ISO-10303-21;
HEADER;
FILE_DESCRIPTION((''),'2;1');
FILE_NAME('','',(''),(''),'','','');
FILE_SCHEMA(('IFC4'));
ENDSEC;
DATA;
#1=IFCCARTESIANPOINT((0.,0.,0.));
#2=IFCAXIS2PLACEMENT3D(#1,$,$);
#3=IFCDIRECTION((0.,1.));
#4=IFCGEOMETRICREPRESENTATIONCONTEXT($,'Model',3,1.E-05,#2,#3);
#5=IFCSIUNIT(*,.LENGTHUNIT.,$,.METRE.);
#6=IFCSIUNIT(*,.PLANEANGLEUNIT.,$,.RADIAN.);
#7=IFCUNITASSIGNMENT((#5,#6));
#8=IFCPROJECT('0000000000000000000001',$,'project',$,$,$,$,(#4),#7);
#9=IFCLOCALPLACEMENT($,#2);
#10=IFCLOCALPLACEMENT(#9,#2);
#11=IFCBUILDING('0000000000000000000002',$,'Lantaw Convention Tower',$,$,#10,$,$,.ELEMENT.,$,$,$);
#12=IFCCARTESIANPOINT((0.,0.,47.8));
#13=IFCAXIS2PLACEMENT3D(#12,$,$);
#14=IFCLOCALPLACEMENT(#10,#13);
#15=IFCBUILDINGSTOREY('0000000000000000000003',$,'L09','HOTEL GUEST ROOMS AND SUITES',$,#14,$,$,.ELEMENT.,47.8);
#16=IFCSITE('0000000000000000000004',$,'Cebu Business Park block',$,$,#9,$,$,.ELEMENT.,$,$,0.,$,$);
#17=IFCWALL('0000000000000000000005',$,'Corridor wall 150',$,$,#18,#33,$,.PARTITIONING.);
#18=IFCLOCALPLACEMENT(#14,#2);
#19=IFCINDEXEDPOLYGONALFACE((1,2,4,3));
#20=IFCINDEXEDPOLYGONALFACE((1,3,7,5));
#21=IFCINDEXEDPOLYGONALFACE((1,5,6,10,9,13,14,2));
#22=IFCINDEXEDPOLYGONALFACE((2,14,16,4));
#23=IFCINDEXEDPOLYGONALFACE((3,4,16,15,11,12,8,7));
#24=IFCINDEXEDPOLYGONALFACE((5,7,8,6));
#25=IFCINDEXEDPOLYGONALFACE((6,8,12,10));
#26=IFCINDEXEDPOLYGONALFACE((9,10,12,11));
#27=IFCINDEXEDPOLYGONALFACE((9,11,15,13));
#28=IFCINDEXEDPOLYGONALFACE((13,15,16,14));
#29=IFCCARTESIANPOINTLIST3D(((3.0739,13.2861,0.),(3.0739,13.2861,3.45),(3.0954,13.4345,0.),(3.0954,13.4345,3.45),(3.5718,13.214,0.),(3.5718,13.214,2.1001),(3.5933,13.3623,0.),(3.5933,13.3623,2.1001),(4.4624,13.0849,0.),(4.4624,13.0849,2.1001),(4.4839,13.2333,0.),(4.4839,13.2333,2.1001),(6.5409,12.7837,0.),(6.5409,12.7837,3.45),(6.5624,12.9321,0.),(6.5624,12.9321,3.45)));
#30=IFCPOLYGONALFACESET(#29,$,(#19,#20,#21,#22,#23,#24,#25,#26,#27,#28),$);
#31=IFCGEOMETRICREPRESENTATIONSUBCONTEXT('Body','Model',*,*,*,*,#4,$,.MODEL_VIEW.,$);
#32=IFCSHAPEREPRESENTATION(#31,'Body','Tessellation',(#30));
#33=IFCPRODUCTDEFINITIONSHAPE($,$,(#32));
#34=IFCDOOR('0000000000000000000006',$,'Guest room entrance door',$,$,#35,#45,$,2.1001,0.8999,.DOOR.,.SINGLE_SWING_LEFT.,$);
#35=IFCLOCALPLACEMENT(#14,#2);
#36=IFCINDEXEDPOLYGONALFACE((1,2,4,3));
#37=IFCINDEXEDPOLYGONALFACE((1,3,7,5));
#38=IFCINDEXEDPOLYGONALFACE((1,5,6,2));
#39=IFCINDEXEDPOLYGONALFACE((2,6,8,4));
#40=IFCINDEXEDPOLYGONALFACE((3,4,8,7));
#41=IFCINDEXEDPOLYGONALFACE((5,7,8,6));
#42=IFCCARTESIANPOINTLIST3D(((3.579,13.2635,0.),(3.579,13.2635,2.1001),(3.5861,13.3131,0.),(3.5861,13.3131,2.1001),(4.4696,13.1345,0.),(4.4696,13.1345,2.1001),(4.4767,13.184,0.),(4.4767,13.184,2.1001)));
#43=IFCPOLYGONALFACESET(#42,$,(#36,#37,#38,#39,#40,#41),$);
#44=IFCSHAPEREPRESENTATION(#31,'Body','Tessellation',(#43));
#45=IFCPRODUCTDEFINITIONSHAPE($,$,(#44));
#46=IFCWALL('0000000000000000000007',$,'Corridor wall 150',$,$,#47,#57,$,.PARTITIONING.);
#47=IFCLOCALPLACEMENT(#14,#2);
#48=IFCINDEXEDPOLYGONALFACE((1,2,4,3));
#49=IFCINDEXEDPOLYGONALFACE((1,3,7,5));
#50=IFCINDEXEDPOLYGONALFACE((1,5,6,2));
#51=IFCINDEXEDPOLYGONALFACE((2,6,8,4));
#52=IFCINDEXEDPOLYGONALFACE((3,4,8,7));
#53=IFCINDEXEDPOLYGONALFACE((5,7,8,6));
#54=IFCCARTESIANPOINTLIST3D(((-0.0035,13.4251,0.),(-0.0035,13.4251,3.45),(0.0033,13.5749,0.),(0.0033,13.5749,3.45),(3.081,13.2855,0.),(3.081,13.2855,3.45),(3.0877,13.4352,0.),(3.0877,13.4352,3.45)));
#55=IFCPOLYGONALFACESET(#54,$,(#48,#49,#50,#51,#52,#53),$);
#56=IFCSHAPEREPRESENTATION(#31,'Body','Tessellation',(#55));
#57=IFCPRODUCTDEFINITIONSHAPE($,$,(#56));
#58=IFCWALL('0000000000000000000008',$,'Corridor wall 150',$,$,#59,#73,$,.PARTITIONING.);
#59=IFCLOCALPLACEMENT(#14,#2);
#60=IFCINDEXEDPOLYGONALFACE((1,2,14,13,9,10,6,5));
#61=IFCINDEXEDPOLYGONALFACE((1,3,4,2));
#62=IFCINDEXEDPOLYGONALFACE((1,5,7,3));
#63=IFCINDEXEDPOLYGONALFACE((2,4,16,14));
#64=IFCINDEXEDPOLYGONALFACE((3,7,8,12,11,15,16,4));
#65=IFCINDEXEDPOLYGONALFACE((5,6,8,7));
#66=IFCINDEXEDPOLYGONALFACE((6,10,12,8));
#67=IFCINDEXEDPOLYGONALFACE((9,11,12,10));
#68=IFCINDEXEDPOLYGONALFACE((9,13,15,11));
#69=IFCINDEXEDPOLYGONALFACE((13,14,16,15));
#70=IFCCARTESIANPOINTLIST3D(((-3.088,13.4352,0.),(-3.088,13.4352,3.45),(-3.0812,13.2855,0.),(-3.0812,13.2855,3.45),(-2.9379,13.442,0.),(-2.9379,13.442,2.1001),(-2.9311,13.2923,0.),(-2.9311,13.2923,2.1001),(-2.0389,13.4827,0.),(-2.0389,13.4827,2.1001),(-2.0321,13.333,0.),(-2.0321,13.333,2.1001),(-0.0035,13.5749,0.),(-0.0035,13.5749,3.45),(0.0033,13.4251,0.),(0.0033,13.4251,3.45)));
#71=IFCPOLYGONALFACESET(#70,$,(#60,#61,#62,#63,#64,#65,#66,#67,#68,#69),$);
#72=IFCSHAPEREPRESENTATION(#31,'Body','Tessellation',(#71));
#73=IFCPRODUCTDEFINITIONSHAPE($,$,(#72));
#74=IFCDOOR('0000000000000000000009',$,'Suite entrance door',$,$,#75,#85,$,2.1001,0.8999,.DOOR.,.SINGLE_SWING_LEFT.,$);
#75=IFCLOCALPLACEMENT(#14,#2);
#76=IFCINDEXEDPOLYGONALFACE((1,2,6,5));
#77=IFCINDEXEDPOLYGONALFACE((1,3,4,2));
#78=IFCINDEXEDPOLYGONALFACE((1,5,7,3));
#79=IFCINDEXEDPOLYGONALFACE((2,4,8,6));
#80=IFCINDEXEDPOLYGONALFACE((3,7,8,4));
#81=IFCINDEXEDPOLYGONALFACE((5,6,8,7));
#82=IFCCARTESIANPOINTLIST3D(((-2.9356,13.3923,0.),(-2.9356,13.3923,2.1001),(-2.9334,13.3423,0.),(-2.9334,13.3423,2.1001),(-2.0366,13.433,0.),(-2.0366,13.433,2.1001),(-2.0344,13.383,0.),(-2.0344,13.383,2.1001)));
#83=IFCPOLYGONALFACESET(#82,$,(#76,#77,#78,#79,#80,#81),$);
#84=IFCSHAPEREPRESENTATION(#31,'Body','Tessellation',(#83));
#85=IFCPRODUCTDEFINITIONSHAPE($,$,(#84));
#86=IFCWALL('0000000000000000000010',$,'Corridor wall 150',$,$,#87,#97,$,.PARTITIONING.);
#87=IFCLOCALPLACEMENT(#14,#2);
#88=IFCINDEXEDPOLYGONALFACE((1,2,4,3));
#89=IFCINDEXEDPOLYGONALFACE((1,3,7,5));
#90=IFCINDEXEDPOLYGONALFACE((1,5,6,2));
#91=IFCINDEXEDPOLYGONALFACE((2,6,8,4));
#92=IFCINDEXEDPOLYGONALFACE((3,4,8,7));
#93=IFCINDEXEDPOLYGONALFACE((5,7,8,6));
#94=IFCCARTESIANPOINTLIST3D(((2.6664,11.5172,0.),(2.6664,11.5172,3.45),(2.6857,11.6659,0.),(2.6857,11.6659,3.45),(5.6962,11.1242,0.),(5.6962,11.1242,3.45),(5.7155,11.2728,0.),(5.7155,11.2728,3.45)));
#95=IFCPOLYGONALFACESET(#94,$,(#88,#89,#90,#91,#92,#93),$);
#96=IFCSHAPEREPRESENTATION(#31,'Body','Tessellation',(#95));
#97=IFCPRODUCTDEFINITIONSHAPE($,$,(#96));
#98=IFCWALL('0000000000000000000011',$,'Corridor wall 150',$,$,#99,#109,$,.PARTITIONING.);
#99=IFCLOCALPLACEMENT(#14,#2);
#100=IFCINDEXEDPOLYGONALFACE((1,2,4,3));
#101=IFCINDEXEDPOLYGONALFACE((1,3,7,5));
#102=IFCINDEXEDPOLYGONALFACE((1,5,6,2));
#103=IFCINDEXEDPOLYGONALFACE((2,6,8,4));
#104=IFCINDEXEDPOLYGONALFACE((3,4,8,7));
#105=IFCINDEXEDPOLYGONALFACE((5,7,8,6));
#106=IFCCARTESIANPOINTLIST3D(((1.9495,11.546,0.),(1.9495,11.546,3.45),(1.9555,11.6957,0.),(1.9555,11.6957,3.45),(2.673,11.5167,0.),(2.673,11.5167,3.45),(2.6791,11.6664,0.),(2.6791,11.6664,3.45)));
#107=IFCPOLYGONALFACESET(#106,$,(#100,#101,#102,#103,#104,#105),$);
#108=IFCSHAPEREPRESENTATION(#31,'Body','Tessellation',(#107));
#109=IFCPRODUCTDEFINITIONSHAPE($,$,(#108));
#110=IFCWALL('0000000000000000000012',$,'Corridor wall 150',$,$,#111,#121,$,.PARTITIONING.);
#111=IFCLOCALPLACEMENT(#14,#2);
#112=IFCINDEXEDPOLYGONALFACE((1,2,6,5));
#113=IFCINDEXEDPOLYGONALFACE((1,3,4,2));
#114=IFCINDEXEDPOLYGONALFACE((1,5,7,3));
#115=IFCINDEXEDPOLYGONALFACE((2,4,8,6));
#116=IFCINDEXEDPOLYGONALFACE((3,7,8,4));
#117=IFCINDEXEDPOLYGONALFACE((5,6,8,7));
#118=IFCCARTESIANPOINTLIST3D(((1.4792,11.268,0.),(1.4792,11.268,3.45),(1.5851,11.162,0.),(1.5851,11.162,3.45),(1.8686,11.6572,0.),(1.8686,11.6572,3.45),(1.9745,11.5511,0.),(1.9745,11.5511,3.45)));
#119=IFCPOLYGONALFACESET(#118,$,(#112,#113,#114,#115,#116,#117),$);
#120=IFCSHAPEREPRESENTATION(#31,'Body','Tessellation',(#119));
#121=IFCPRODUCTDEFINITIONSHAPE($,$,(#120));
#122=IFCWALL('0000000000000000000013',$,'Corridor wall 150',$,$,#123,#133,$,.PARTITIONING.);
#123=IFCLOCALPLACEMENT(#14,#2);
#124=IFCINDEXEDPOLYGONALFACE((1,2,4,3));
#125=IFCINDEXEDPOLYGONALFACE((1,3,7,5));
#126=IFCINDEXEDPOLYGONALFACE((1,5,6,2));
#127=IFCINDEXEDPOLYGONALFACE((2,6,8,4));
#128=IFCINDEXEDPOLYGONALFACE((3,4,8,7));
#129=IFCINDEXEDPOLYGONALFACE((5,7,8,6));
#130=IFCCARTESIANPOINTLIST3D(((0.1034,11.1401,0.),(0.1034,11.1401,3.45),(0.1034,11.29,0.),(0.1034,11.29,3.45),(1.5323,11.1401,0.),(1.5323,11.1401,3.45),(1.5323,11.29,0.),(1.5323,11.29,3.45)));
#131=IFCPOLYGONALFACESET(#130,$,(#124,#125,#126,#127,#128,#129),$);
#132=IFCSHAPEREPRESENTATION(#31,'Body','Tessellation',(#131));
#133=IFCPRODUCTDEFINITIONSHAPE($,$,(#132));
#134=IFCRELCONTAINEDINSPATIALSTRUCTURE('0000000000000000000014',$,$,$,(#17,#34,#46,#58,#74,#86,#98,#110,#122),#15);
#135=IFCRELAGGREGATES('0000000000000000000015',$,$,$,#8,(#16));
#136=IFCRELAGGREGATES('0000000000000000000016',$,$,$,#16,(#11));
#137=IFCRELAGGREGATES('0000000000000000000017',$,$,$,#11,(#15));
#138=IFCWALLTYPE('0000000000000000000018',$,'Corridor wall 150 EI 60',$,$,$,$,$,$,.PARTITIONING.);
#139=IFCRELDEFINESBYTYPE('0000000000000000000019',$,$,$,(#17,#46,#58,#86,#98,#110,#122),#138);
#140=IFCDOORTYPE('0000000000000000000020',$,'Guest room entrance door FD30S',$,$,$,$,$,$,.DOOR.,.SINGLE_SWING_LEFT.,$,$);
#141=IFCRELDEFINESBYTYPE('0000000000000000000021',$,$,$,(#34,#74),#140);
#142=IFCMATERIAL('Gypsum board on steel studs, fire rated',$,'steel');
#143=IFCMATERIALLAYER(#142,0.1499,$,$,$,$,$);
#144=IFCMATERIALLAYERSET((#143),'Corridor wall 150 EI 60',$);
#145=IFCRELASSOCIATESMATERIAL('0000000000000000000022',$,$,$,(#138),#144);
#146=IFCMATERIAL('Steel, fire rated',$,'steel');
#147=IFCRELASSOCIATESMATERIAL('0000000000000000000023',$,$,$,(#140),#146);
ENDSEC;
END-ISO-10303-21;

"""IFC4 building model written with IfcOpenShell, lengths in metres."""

from ifc_helpers import new_model, si_unit, direction, frame, frame_2d, origin, place, context, subcontext, project, spatial, rectangle, extrude, material, layer, layer_set, type_object, element, fill, save


model = new_model("IFC4")

# Units and contexts
model_context = context("Model", 3, precision=1e-05, world=origin(), true_north=direction((0.0, 1.0)))
body_context = subcontext(model_context, "Body", "Model", "MODEL_VIEW")
ifc_project = project(units=[si_unit("LENGTHUNIT", "METRE"), si_unit("PLANEANGLEUNIT", "RADIAN")], contexts=[model_context])

# Site, building, storey
site_placement = place(None, origin())
site = spatial("IfcSite", under=ifc_project, at=site_placement, Name="Cebu Business Park block", CompositionType="ELEMENT", RefElevation=0.0)
building_placement = place(site_placement, origin())
building = spatial("IfcBuilding", under=site, at=building_placement, Name="Lantaw Convention Tower", CompositionType="ELEMENT")
storey_placement = place(building_placement, frame((0.0, 0.0, 47.8)))
storey = spatial("IfcBuildingStorey", under=building, at=storey_placement, Name="L09", Description="HOTEL GUEST ROOMS AND SUITES", CompositionType="ELEMENT", Elevation=47.8)

# Wall, opening, door
ifc_material_1 = material(Name="Gypsum board on steel studs, fire rated", Category="steel")
ifc_layer_1 = layer(ifc_material_1, 0.1499)
ifc_layer_set_1 = layer_set([ifc_layer_1], Name="Corridor wall 150 EI 60")
wall_type_1 = type_object("IfcWallType", Name="Corridor wall 150 EI 60", PredefinedType="PARTITIONING", material=ifc_layer_set_1)
ifc_material_2 = material(Name="Steel, fire rated", Category="steel")
door_type_1 = type_object("IfcDoorType", Name="Guest room entrance door FD30S", OperationType="SINGLE_SWING_LEFT", PredefinedType="DOOR", material=ifc_material_2)
wall_1_placement = place(storey_placement, frame((6.5515, 12.8579, 0.0), z_axis=(0.0, 0.0, 1.0), x_axis=(-0.989662, 0.143421, 0.0)))
wall_1 = element("IfcWall", 1, at=wall_1_placement, inside=storey, type_object=wall_type_1, Name="Corridor wall 150", PredefinedType="PARTITIONING", context=body_context, shape_type="SweptSolid", body=[
    extrude(rectangle(XDim=3.5032, YDim=0.1499, at=frame_2d((1.7515, 0.0))), origin(), (0.0, 0.0, 1.0), 3.45),
])
opening_1_placement = place(wall_1_placement, frame((2.1001, 0.0, 0.0)))
opening_1 = element("IfcOpeningElement", 2, at=opening_1_placement, cuts=wall_1, PredefinedType="OPENING", context=body_context, shape_type="SweptSolid", body=[
    extrude(rectangle(XDim=0.8999, YDim=2.1001, at=frame_2d((0.45, 1.05))), frame((0.0, 0.085, 0.0), z_axis=(0.0, -1.0, 0.0), x_axis=(1.0, 0.0, 0.0)), (0.0, 0.0, 1.0), 0.1699),
])
door_1_placement = place(opening_1_placement, origin())
door_1 = element("IfcDoor", 3, at=door_1_placement, inside=storey, type_object=door_type_1, Name="Guest room entrance door", OperationType="SINGLE_SWING_LEFT", OverallHeight=2.1001, OverallWidth=0.8999, PredefinedType="DOOR", context=body_context, shape_type="SweptSolid", body=[
    extrude(rectangle(XDim=0.8999, YDim=2.1001, at=frame_2d((0.45, 1.05))), frame((0.0, 0.0249, 0.0), z_axis=(0.0, -1.0, 0.0), x_axis=(1.0, 0.0, 0.0)), (0.0, 0.0, 1.0), 0.05),
])
fill(opening_1, door_1)

# Wall
wall_2_placement = place(storey_placement, frame((3.0845, 13.3604, 0.0), z_axis=(0.0, 0.0, 1.0), x_axis=(-0.998977, 0.045228, 0.0)))
element("IfcWall", 4, at=wall_2_placement, inside=storey, type_object=wall_type_1, Name="Corridor wall 150", PredefinedType="PARTITIONING", context=body_context, shape_type="SweptSolid", body=[
    extrude(rectangle(XDim=3.0876, YDim=0.1499, at=frame_2d((1.5439, 0.0))), origin(), (0.0, 0.0, 1.0), 3.45),
])

# Wall, opening, door
wall_3_placement = place(storey_placement, frame((0.0, 13.5, 0.0), z_axis=(0.0, 0.0, 1.0), x_axis=(-0.998977, -0.045228, 0.0)))
wall_3 = element("IfcWall", 5, at=wall_3_placement, inside=storey, type_object=wall_type_1, Name="Corridor wall 150", PredefinedType="PARTITIONING", context=body_context, shape_type="SweptSolid", body=[
    extrude(rectangle(XDim=3.0876, YDim=0.1499, at=frame_2d((1.5439, 0.0))), origin(), (0.0, 0.0, 1.0), 3.45),
])
opening_2_placement = place(wall_3_placement, frame((2.0376, 0.0, 0.0)))
opening_2 = element("IfcOpeningElement", 6, at=opening_2_placement, cuts=wall_3, PredefinedType="OPENING", context=body_context, shape_type="SweptSolid", body=[
    extrude(rectangle(XDim=0.8999, YDim=2.1001, at=frame_2d((0.45, 1.05))), frame((0.0, 0.085, 0.0), z_axis=(0.0, -1.0, 0.0), x_axis=(1.0, 0.0, 0.0)), (0.0, 0.0, 1.0), 0.1699),
])
door_2_placement = place(opening_2_placement, origin())
door_2 = element("IfcDoor", 7, at=door_2_placement, inside=storey, type_object=door_type_1, Name="Suite entrance door", OperationType="SINGLE_SWING_LEFT", OverallHeight=2.1001, OverallWidth=0.8999, PredefinedType="DOOR", context=body_context, shape_type="SweptSolid", body=[
    extrude(rectangle(XDim=0.8999, YDim=2.1001, at=frame_2d((0.45, 1.05))), frame((0.0, 0.0249, 0.0), z_axis=(0.0, -1.0, 0.0), x_axis=(1.0, 0.0, 0.0)), (0.0, 0.0, 1.0), 0.05),
])
fill(opening_2, door_2)

# Walls
wall_4_placement = place(storey_placement, frame((5.7058, 11.1985, 0.0), z_axis=(0.0, 0.0, 1.0), x_axis=(-0.991689, 0.128656, 0.0)))
element("IfcWall", 8, at=wall_4_placement, inside=storey, type_object=wall_type_1, Name="Corridor wall 150", PredefinedType="PARTITIONING", context=body_context, shape_type="SweptSolid", body=[
    extrude(rectangle(XDim=3.0552, YDim=0.1499, at=frame_2d((1.5276, 0.0))), origin(), (0.0, 0.0, 1.0), 3.45),
])
wall_5_placement = place(storey_placement, frame((2.676, 11.5916, 0.0), z_axis=(0.0, 0.0, 1.0), x_axis=(-0.999181, 0.040453, 0.0)))
element("IfcWall", 9, at=wall_5_placement, inside=storey, type_object=wall_type_1, Name="Corridor wall 150", PredefinedType="PARTITIONING", context=body_context, shape_type="SweptSolid", body=[
    extrude(rectangle(XDim=0.7241, YDim=0.1499, at=frame_2d((0.3621, 0.0))), origin(), (0.0, 0.0, 1.0), 3.45),
])
wall_6_placement = place(storey_placement, frame((1.9216, 11.6042, 0.0), z_axis=(0.0, 0.0, 1.0), x_axis=(-0.707328, -0.706885, 0.0)))
element("IfcWall", 10, at=wall_6_placement, inside=storey, type_object=wall_type_1, Name="Corridor wall 150", PredefinedType="PARTITIONING", context=body_context, shape_type="SweptSolid", body=[
    extrude(rectangle(XDim=0.5505, YDim=0.1499, at=frame_2d((0.2754, 0.0))), origin(), (0.0, 0.0, 1.0), 3.45),
])
wall_7_placement = place(storey_placement, frame((1.5322, 11.2151, 0.0), z_axis=(0.0, 0.0, 1.0), x_axis=(-1.0, 0.0, 0.0)))
element("IfcWall", 11, at=wall_7_placement, inside=storey, type_object=wall_type_1, Name="Corridor wall 150", PredefinedType="PARTITIONING", context=body_context, shape_type="SweptSolid", body=[
    extrude(rectangle(XDim=1.429, YDim=0.1499, at=frame_2d((0.7144, 0.0))), origin(), (0.0, 0.0, 1.0), 3.45),
])

save(model, "model.ifc")
